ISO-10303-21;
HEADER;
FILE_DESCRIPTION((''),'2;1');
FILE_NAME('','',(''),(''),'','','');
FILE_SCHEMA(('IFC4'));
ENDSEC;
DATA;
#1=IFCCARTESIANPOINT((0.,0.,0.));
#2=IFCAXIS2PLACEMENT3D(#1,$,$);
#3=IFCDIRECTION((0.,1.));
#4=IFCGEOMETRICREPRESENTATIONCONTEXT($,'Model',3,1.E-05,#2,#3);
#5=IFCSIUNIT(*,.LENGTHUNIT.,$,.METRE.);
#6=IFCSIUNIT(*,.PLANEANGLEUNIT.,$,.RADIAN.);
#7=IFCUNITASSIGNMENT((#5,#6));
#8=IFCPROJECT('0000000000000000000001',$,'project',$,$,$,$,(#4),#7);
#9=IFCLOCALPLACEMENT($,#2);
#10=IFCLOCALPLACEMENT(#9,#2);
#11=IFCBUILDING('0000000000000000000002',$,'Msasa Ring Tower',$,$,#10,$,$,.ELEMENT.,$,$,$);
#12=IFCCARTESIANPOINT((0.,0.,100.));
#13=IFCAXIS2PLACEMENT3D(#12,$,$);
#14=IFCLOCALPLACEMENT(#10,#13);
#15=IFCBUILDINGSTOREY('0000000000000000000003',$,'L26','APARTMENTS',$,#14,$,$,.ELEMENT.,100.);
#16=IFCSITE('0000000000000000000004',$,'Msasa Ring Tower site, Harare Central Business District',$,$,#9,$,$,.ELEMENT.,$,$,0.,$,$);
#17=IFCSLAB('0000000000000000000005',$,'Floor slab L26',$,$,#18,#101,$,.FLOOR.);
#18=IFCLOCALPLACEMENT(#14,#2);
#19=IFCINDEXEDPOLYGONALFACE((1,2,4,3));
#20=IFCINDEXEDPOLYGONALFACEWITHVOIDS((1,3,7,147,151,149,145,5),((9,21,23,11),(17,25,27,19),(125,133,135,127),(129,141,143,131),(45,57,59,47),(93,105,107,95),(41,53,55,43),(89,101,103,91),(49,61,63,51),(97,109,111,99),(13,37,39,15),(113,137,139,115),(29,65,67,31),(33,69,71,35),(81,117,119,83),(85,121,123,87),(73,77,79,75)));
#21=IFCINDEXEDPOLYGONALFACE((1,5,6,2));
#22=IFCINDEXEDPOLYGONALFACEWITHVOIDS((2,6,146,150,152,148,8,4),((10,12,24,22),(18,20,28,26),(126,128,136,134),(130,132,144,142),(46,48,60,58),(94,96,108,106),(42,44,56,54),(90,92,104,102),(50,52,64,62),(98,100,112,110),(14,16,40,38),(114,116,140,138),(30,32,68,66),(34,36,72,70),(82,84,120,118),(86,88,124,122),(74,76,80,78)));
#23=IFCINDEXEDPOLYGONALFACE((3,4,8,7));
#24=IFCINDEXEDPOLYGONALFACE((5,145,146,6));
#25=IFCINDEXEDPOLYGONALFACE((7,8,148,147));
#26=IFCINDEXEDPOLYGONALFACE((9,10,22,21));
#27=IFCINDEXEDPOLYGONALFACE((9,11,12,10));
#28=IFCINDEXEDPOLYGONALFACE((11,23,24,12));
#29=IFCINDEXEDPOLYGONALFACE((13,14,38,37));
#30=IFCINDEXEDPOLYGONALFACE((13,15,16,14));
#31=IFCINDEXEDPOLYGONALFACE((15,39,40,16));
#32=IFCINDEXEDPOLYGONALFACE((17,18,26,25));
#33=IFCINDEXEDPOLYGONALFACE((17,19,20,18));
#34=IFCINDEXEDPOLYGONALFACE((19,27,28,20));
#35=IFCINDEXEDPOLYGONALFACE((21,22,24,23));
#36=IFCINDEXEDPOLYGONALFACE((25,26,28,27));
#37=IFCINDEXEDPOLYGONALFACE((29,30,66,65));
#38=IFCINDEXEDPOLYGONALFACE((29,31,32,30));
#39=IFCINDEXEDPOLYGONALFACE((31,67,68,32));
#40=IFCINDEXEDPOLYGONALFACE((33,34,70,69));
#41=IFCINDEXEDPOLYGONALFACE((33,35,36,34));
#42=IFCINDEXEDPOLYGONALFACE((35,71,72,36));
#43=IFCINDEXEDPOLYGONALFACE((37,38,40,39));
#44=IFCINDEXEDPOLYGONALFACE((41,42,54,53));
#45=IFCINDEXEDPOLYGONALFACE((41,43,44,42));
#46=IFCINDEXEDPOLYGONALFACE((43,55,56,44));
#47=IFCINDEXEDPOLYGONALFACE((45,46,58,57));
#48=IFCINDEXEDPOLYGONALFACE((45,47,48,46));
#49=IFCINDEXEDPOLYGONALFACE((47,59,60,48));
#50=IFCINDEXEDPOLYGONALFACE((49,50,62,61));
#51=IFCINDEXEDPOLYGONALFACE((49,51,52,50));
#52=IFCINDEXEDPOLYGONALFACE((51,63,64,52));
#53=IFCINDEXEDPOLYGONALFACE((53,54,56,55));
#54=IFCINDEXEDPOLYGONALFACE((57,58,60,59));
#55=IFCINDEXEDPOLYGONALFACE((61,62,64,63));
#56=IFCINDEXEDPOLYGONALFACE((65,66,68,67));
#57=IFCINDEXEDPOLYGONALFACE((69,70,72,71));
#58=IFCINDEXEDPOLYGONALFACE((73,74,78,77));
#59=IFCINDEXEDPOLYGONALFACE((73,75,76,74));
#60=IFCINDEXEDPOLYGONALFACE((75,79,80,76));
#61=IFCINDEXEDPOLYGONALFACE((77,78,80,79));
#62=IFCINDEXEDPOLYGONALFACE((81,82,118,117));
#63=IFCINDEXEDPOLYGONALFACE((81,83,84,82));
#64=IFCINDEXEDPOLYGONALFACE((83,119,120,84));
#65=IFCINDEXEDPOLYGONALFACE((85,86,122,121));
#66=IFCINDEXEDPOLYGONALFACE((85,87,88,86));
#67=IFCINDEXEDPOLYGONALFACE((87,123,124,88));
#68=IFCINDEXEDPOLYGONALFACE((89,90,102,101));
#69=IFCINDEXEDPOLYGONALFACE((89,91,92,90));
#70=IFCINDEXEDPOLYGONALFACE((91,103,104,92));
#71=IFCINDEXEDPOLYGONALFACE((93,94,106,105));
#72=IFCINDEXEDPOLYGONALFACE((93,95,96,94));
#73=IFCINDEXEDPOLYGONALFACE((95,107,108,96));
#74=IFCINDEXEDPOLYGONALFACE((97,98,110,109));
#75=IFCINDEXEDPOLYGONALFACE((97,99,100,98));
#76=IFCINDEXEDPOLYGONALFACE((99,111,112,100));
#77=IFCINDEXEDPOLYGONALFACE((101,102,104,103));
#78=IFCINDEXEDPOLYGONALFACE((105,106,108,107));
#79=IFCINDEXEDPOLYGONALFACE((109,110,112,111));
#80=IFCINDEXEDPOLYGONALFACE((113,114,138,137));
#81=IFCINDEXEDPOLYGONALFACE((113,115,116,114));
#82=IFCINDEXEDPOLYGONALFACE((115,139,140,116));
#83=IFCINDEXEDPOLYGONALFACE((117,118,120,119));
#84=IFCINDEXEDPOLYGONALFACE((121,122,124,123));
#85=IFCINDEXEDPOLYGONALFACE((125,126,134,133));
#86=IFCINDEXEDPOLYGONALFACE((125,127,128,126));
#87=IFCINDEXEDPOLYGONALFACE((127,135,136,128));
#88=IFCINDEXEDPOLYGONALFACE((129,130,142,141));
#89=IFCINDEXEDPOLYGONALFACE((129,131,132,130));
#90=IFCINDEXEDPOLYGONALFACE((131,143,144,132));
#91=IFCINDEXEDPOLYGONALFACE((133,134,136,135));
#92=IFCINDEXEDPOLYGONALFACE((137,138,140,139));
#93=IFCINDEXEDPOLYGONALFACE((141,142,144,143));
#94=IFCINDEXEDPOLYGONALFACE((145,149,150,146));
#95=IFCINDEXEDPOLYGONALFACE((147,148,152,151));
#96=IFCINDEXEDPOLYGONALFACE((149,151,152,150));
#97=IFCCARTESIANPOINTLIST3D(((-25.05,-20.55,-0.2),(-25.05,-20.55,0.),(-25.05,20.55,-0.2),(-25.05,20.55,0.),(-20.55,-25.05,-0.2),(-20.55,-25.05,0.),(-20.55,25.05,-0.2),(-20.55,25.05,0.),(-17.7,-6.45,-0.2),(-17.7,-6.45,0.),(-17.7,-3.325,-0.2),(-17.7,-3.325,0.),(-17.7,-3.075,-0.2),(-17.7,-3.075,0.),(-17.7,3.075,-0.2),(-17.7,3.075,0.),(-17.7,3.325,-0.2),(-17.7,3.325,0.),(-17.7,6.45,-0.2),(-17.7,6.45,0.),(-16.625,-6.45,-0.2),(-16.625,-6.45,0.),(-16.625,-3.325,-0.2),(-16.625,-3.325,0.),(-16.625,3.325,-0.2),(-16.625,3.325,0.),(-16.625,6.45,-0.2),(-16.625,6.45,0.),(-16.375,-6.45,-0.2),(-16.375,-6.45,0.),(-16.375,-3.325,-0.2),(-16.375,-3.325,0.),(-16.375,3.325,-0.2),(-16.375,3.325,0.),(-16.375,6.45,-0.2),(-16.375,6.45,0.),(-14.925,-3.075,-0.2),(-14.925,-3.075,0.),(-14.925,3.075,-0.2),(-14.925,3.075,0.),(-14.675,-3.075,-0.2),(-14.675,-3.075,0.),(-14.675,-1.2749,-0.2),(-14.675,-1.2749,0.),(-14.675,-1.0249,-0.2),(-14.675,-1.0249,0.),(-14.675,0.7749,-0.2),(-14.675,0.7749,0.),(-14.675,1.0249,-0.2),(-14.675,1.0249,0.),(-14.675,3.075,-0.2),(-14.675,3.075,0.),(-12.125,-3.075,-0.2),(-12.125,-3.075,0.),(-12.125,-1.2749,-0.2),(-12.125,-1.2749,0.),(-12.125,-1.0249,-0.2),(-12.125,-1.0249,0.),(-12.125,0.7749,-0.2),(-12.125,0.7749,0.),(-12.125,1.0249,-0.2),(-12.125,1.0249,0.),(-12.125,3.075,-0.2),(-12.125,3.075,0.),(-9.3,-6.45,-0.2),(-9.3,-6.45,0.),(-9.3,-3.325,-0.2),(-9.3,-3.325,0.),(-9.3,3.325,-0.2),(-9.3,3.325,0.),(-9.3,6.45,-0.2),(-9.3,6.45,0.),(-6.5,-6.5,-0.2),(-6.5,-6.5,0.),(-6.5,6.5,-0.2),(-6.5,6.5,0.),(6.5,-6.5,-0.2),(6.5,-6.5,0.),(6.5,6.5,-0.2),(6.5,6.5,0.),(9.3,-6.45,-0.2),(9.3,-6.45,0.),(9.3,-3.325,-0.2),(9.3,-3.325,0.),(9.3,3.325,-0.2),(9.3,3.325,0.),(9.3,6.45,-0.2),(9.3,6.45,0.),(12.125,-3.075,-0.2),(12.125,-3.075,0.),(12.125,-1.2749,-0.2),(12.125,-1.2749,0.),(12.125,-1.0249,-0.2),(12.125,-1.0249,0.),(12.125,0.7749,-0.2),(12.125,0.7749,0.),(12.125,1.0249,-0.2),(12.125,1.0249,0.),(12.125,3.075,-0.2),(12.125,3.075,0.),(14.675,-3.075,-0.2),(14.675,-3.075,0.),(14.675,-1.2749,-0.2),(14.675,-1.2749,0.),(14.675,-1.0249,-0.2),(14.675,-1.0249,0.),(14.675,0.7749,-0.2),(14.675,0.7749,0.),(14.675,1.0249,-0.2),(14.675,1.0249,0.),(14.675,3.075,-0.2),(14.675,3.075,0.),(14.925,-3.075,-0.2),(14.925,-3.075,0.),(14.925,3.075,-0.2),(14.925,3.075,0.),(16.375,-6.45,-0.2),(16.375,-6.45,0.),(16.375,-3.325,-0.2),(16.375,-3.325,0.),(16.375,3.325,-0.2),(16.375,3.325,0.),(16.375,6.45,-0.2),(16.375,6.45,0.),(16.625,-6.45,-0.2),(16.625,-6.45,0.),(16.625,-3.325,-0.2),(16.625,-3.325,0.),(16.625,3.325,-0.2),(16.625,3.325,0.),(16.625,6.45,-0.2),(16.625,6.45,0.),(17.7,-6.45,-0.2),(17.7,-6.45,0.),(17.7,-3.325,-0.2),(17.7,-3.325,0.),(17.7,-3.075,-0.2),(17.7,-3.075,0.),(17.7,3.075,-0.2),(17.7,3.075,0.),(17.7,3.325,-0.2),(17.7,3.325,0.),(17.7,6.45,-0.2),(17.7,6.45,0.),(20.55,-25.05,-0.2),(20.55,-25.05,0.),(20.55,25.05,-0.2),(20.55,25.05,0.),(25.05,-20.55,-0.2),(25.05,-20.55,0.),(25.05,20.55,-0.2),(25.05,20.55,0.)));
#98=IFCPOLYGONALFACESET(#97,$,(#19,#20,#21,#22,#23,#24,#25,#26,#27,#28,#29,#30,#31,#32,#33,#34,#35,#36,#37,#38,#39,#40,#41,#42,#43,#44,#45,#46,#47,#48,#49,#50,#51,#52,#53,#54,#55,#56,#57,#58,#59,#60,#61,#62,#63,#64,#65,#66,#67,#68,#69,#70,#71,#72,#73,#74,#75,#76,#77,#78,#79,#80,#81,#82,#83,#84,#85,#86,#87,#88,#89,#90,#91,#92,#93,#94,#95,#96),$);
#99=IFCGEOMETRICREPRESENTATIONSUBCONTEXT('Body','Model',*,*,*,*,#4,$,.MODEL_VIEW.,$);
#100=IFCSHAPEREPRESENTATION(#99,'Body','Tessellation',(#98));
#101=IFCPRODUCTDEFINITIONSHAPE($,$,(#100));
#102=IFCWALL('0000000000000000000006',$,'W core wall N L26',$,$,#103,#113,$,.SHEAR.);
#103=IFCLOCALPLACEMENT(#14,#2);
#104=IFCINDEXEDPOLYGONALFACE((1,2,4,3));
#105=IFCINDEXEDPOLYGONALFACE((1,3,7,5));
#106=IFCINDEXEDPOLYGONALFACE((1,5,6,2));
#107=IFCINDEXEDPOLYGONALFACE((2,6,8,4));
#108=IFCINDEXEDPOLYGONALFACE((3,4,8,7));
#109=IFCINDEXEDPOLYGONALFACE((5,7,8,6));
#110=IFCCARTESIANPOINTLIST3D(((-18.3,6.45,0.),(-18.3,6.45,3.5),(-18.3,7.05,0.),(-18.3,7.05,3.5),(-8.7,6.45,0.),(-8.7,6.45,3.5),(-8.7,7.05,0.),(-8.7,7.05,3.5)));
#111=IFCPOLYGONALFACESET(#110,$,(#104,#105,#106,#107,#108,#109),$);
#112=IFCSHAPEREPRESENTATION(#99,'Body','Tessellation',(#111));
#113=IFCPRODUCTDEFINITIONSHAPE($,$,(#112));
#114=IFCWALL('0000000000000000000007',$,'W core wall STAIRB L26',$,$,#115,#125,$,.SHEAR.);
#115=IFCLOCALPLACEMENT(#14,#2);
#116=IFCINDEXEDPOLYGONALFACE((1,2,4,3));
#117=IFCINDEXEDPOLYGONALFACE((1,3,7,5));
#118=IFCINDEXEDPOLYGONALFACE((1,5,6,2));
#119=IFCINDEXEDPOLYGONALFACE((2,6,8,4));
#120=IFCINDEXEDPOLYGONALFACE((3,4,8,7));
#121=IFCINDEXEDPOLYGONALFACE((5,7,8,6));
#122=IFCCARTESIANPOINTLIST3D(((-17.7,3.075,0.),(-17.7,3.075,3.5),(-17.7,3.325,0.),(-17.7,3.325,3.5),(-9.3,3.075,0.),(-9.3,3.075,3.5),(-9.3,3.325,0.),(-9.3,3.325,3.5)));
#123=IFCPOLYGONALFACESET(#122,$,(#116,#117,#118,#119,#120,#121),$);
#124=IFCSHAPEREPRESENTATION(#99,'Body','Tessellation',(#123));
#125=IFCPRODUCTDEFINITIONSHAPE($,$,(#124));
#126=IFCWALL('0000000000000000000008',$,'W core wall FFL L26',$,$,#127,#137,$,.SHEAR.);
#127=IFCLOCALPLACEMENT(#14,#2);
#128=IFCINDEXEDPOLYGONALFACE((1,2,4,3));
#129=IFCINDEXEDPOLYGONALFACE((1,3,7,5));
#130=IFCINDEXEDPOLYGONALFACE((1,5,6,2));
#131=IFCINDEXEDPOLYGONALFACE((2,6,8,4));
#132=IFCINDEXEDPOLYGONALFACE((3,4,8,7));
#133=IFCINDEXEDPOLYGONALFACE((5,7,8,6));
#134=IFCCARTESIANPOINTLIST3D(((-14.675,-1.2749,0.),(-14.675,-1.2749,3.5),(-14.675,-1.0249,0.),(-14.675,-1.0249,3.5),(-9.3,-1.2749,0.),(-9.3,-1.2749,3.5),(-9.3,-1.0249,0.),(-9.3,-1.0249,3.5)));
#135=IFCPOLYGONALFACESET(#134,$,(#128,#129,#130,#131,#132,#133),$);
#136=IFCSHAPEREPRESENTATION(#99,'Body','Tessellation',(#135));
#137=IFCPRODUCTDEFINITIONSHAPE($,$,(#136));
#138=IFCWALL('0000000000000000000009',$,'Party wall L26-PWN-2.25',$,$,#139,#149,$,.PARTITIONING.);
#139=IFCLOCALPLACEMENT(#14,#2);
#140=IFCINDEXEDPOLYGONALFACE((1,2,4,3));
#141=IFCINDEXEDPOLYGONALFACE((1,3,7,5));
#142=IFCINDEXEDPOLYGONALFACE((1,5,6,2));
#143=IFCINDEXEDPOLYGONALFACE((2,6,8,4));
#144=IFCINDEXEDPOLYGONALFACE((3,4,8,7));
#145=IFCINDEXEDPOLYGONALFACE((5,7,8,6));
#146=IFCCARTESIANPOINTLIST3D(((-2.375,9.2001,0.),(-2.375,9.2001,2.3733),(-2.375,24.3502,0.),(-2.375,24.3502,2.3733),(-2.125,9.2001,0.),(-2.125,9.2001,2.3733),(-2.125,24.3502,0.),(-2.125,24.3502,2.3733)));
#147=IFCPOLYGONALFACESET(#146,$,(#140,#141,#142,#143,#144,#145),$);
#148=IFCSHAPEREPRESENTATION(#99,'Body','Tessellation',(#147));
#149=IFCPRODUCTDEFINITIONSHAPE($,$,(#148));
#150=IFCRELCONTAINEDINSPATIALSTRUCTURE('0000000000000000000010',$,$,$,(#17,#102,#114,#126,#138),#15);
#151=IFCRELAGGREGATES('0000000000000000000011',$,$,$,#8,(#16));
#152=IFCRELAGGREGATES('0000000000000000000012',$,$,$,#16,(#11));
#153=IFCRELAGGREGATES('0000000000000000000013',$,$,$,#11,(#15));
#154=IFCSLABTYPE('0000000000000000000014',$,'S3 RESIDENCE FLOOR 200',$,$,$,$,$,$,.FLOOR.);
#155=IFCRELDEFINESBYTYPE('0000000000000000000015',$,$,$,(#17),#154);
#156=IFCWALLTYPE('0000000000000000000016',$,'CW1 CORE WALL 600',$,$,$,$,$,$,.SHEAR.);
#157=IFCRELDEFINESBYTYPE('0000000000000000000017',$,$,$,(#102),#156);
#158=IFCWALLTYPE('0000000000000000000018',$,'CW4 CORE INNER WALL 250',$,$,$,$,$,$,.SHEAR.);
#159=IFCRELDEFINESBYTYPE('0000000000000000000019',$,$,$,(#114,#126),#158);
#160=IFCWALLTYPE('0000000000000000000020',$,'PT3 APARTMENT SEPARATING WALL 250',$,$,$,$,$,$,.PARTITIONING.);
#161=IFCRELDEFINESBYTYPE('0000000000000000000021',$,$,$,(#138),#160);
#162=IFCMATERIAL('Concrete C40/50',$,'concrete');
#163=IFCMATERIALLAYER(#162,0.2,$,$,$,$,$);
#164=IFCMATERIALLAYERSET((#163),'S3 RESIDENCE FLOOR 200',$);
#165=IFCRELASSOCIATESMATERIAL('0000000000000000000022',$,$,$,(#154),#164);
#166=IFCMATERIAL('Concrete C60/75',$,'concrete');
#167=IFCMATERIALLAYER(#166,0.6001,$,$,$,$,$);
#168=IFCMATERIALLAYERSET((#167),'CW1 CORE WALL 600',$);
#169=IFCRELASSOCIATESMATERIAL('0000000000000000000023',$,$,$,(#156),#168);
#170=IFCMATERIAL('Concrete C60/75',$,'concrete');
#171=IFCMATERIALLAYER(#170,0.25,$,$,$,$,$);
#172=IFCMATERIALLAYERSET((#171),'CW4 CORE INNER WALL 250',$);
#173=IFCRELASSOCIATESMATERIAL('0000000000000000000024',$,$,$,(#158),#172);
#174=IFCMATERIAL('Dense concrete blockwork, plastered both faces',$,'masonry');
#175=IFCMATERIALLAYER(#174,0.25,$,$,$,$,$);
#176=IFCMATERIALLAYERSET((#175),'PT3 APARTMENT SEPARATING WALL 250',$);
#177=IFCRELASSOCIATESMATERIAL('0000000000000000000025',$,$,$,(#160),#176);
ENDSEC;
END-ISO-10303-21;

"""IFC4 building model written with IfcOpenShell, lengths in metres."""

from ifc_helpers import new_model, si_unit, direction, frame, frame_2d, origin, place, context, subcontext, project, spatial, polyline, rectangle, outline, extrude, material, layer, layer_set, type_object, element, save


model = new_model("IFC4")

# Units and contexts
model_context = context("Model", 3, precision=1e-05, world=origin(), true_north=direction((0.0, 1.0)))
body_context = subcontext(model_context, "Body", "Model", "MODEL_VIEW")
ifc_project = project(units=[si_unit("LENGTHUNIT", "METRE"), si_unit("PLANEANGLEUNIT", "RADIAN")], contexts=[model_context])

# Site, building, storey
site_placement = place(None, origin())
site = spatial("IfcSite", under=ifc_project, at=site_placement, Name="Msasa Ring Tower site, Harare Central Business District", CompositionType="ELEMENT", RefElevation=0.0)
building_placement = place(site_placement, origin())
building = spatial("IfcBuilding", under=site, at=building_placement, Name="Msasa Ring Tower", CompositionType="ELEMENT")
storey_placement = place(building_placement, frame((0.0, 0.0, 100.0)))
storey = spatial("IfcBuildingStorey", under=building, at=storey_placement, Name="L26", Description="APARTMENTS", CompositionType="ELEMENT", Elevation=100.0)

# Slab
ifc_material_1 = material(Name="Concrete C40/50", Category="concrete")
ifc_layer_1 = layer(ifc_material_1, 0.2)
ifc_layer_set_1 = layer_set([ifc_layer_1], Name="S3 RESIDENCE FLOOR 200")
slab_type = type_object("IfcSlabType", Name="S3 RESIDENCE FLOOR 200", PredefinedType="FLOOR", material=ifc_layer_set_1)
slab_placement = place(storey_placement, frame((0.0, 0.0, -0.2)))
element("IfcSlab", 1, at=slab_placement, inside=storey, type_object=slab_type, Name="Floor slab L26", PredefinedType="FLOOR", context=body_context, shape_type="SweptSolid", body=[
    extrude(outline(polyline([(-20.55, -25.05), (20.55, -25.05), (25.05, -20.55), (25.05, 20.55), (20.55, 25.05), (-20.55, 25.05), (-25.05, 20.55), (-25.05, -20.55), (-20.55, -25.05)]), holes=[polyline([(-6.5, -6.5), (6.5, -6.5), (6.5, 6.5), (-6.5, 6.5), (-6.5, -6.5)]), polyline([(9.3, -6.45), (16.375, -6.45), (16.375, -3.325), (9.3, -3.325), (9.3, -6.45)]), polyline([(9.3, 3.325), (16.375, 3.325), (16.375, 6.45), (9.3, 6.45), (9.3, 3.325)]), polyline([(12.125, -3.075), (14.675, -3.075), (14.675, -1.2749), (12.125, -1.2749), (12.125, -3.075)]), polyline([(12.125, -1.0249), (14.675, -1.0249), (14.675, 0.7749), (12.125, 0.7749), (12.125, -1.0249)]), polyline([(12.125, 1.0249), (14.675, 1.0249), (14.675, 3.075), (12.125, 3.075), (12.125, 1.0249)]), polyline([(16.625, -6.45), (17.7, -6.45), (17.7, -3.325), (16.625, -3.325), (16.625, -6.45)]), polyline([(16.625, 3.325), (17.7, 3.325), (17.7, 6.45), (16.625, 6.45), (16.625, 3.325)]), polyline([(14.925, -3.075), (17.7, -3.075), (17.7, 3.075), (14.925, 3.075), (14.925, -3.075)]), polyline([(-16.375, -6.45), (-9.3, -6.45), (-9.3, -3.325), (-16.375, -3.325), (-16.375, -6.45)]), polyline([(-16.375, 3.325), (-9.3, 3.325), (-9.3, 6.45), (-16.375, 6.45), (-16.375, 3.325)]), polyline([(-14.675, -3.075), (-12.125, -3.075), (-12.125, -1.2749), (-14.675, -1.2749), (-14.675, -3.075)]), polyline([(-14.675, -1.0249), (-12.125, -1.0249), (-12.125, 0.7749), (-14.675, 0.7749), (-14.675, -1.0249)]), polyline([(-14.675, 1.0249), (-12.125, 1.0249), (-12.125, 3.075), (-14.675, 3.075), (-14.675, 1.0249)]), polyline([(-17.7, -6.45), (-16.625, -6.45), (-16.625, -3.325), (-17.7, -3.325), (-17.7, -6.45)]), polyline([(-17.7, 3.325), (-16.625, 3.325), (-16.625, 6.45), (-17.7, 6.45), (-17.7, 3.325)]), polyline([(-17.7, -3.075), (-14.925, -3.075), (-14.925, 3.075), (-17.7, 3.075), (-17.7, -3.075)])]), origin(), (0.0, 0.0, 1.0), 0.2),
])

# Walls
ifc_material_2 = material(Name="Concrete C60/75", Category="concrete")
ifc_layer_2 = layer(ifc_material_2, 0.6001)
ifc_layer_set_2 = layer_set([ifc_layer_2], Name="CW1 CORE WALL 600")
wall_type_1 = type_object("IfcWallType", Name="CW1 CORE WALL 600", PredefinedType="SHEAR", material=ifc_layer_set_2)
wall_1_placement = place(storey_placement, frame((-8.7, 6.75, 0.0), z_axis=(0.0, 0.0, 1.0), x_axis=(-1.0, 0.0, 0.0)))
element("IfcWall", 2, at=wall_1_placement, inside=storey, type_object=wall_type_1, Name="W core wall N L26", PredefinedType="SHEAR", context=body_context, shape_type="SweptSolid", body=[
    extrude(rectangle(XDim=9.6001, YDim=0.6001, at=frame_2d((4.8, 0.0))), origin(), (0.0, 0.0, 1.0), 3.5),
])
ifc_material_3 = material(Name="Concrete C60/75", Category="concrete")
ifc_layer_3 = layer(ifc_material_3, 0.25)
ifc_layer_set_3 = layer_set([ifc_layer_3], Name="CW4 CORE INNER WALL 250")
wall_type_2 = type_object("IfcWallType", Name="CW4 CORE INNER WALL 250", PredefinedType="SHEAR", material=ifc_layer_set_3)
wall_2_placement = place(storey_placement, frame((-9.3, 3.2, 0.0), z_axis=(0.0, 0.0, 1.0), x_axis=(-1.0, 0.0, 0.0)))
element("IfcWall", 3, at=wall_2_placement, inside=storey, type_object=wall_type_2, Name="W core wall STAIRB L26", PredefinedType="SHEAR", context=body_context, shape_type="SweptSolid", body=[
    extrude(rectangle(XDim=8.3999, YDim=0.25, at=frame_2d((4.2, 0.0))), origin(), (0.0, 0.0, 1.0), 3.5),
])
wall_3_placement = place(storey_placement, frame((-9.3, -1.1499, 0.0), z_axis=(0.0, 0.0, 1.0), x_axis=(-1.0, 0.0, 0.0)))
element("IfcWall", 4, at=wall_3_placement, inside=storey, type_object=wall_type_2, Name="W core wall FFL L26", PredefinedType="SHEAR", context=body_context, shape_type="SweptSolid", body=[
    extrude(rectangle(XDim=5.375, YDim=0.25, at=frame_2d((2.6875, 0.0))), origin(), (0.0, 0.0, 1.0), 3.5),
])
ifc_material_4 = material(Name="Dense concrete blockwork, plastered both faces", Category="masonry")
ifc_layer_4 = layer(ifc_material_4, 0.25)
ifc_layer_set_4 = layer_set([ifc_layer_4], Name="PT3 APARTMENT SEPARATING WALL 250")
wall_type_3 = type_object("IfcWallType", Name="PT3 APARTMENT SEPARATING WALL 250", PredefinedType="PARTITIONING", material=ifc_layer_set_4)
wall_4_placement = place(storey_placement, frame((-2.25, 9.2, 0.0), z_axis=(0.0, 0.0, 1.0), x_axis=(0.0, 1.0, 0.0)))
element("IfcWall", 5, at=wall_4_placement, inside=storey, type_object=wall_type_3, Name="Party wall L26-PWN-2.25", PredefinedType="PARTITIONING", context=body_context, shape_type="SweptSolid", body=[
    extrude(rectangle(XDim=15.1501, YDim=0.25, at=frame_2d((7.5752, 0.0))), origin(), (0.0, 0.0, 1.0), 2.3733),
])

save(model, "model.ifc")
